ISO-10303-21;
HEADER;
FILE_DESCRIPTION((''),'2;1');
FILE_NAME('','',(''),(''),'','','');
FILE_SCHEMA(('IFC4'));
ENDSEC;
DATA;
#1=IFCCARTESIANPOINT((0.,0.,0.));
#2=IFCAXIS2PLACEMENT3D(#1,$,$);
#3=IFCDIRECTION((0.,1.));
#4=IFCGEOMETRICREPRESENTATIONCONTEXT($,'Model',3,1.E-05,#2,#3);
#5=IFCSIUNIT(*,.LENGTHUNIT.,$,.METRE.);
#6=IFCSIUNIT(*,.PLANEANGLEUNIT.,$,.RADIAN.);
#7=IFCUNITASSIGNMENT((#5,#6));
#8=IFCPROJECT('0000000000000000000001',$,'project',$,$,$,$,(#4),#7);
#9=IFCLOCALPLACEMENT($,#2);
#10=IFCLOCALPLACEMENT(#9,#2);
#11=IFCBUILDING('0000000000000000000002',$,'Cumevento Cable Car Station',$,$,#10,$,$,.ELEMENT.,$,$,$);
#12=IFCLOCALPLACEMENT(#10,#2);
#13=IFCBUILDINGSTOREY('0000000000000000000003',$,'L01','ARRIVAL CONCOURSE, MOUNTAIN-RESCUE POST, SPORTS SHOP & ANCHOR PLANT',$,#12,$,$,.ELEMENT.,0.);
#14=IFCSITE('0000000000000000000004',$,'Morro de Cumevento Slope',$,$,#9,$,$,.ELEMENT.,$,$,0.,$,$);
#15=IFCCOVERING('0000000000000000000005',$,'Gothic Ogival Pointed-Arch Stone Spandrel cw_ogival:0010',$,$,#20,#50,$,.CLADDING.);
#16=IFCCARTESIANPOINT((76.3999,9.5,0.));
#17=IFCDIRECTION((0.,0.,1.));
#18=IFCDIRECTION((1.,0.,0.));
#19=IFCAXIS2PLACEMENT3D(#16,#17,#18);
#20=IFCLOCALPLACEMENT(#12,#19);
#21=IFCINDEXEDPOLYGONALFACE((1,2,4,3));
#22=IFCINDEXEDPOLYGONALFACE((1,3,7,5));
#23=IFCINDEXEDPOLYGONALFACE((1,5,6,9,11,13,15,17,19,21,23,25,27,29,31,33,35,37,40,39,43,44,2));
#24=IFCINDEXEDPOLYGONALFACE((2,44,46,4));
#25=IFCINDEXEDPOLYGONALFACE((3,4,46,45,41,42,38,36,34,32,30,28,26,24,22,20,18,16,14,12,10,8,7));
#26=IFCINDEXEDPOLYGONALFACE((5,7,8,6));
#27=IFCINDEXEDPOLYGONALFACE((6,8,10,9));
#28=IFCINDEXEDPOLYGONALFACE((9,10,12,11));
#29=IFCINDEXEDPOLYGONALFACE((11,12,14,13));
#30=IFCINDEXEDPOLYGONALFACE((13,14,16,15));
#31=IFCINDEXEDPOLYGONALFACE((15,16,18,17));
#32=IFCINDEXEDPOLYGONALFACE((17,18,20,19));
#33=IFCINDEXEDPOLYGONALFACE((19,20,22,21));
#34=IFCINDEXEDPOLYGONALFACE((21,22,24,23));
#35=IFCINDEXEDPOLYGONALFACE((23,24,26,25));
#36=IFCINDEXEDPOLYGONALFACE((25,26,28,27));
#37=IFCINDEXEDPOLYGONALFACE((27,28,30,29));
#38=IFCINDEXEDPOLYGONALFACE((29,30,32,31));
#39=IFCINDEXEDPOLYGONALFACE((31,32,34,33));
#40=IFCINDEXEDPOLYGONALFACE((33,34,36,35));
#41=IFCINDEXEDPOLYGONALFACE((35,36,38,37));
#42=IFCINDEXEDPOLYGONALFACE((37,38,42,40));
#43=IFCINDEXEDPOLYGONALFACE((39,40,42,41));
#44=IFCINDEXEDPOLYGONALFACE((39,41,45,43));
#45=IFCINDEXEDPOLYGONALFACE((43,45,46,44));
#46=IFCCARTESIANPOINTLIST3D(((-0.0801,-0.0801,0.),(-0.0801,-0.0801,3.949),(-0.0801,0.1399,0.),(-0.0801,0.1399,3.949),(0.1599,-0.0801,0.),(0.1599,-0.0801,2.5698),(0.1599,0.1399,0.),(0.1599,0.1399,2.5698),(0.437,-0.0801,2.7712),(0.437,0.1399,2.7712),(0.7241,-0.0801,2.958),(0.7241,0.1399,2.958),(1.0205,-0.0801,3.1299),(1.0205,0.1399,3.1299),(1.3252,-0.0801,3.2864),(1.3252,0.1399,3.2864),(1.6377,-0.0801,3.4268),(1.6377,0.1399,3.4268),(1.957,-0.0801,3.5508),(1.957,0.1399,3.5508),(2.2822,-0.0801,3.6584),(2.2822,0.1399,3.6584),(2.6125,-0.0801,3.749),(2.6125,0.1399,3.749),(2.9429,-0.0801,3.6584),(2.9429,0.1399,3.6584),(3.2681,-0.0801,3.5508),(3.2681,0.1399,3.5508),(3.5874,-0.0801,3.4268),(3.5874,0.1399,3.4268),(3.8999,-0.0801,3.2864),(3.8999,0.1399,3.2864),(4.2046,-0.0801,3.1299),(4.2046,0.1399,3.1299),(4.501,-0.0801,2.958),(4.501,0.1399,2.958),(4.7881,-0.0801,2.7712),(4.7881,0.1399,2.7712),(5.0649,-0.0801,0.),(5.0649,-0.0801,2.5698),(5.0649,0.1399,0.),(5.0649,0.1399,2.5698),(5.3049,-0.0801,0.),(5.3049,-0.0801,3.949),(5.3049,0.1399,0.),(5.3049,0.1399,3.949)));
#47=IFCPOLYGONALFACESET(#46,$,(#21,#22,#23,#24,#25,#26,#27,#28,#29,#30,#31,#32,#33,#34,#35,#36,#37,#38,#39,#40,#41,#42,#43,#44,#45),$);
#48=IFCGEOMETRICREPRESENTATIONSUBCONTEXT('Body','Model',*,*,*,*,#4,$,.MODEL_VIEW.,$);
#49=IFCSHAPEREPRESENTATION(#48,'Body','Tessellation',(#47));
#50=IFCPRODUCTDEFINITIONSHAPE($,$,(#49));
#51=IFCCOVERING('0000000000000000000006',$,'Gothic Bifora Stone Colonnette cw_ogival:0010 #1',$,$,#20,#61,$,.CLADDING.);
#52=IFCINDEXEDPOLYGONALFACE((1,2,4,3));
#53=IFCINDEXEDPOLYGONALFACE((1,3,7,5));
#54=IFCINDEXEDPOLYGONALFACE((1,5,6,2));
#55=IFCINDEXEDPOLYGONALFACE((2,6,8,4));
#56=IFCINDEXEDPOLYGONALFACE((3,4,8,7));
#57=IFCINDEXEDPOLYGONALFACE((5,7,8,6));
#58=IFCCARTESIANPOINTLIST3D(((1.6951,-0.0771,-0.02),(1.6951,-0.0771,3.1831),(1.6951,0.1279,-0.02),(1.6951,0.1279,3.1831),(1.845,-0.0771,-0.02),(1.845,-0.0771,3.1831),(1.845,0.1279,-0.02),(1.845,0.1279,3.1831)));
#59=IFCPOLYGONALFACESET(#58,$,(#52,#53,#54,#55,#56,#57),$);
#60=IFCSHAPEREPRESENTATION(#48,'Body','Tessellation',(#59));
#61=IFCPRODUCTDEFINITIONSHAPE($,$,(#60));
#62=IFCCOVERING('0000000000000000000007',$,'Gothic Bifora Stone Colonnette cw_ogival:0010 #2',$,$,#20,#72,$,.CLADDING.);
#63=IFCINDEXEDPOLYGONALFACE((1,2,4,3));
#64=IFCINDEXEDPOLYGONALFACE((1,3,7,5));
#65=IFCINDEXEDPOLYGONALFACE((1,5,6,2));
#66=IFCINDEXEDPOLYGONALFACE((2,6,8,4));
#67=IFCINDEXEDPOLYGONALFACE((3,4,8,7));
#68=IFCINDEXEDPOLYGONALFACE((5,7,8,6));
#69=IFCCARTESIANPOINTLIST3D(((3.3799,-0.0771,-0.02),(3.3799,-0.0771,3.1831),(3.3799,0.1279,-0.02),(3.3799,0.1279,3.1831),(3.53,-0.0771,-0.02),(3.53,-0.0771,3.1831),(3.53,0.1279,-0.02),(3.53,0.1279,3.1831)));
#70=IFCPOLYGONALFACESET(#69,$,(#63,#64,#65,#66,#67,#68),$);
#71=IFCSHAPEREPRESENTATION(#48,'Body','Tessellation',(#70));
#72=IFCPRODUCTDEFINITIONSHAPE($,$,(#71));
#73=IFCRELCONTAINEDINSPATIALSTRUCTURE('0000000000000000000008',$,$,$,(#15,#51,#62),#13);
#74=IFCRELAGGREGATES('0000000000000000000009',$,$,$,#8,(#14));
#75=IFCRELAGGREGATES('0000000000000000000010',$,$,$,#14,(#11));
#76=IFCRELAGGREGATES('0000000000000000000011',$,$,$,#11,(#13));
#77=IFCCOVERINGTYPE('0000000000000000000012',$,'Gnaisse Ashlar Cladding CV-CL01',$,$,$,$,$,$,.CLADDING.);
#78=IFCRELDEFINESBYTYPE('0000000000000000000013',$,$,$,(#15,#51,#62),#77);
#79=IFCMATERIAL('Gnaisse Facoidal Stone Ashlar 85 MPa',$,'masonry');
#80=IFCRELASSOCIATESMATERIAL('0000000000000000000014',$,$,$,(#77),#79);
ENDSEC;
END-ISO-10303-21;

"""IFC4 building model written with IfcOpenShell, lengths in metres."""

from ifc_helpers import new_model, si_unit, direction, frame, origin, place, context, subcontext, project, spatial, polyline, outline, extrude, material, type_object, element, save


model = new_model("IFC4")

# Units and contexts
model_context = context("Model", 3, precision=1e-05, world=origin(), true_north=direction((0.0, 1.0)))
body_context = subcontext(model_context, "Body", "Model", "MODEL_VIEW")
ifc_project = project(units=[si_unit("LENGTHUNIT", "METRE"), si_unit("PLANEANGLEUNIT", "RADIAN")], contexts=[model_context])

# Site, building, storey
site_placement = place(None, origin())
site = spatial("IfcSite", under=ifc_project, at=site_placement, Name="Morro de Cumevento Slope", CompositionType="ELEMENT", RefElevation=0.0)
building_placement = place(site_placement, origin())
building = spatial("IfcBuilding", under=site, at=building_placement, Name="Cumevento Cable Car Station", CompositionType="ELEMENT")
storey_placement = place(building_placement, origin())
storey = spatial("IfcBuildingStorey", under=building, at=storey_placement, Name="L01", Description="ARRIVAL CONCOURSE, MOUNTAIN-RESCUE POST, SPORTS SHOP & ANCHOR PLANT", CompositionType="ELEMENT", Elevation=0.0)

# Coverings
ifc_material_1 = material(Name="Gnaisse Facoidal Stone Ashlar 85 MPa", Category="masonry")
covering_type = type_object("IfcCoveringType", Name="Gnaisse Ashlar Cladding CV-CL01", PredefinedType="CLADDING", material=ifc_material_1)
placement = place(storey_placement, frame((76.3999, 9.5, 0.0), z_axis=(0.0, 0.0, 1.0), x_axis=(1.0, 0.0, 0.0)))
element("IfcCovering", 1, at=placement, inside=storey, type_object=covering_type, Name="Gothic Ogival Pointed-Arch Stone Spandrel cw_ogival:0010", PredefinedType="CLADDING", context=body_context, shape_type="SweptSolid", body=[
    extrude(outline(polyline([(-0.0801, 0.0), (-0.0801, 3.949), (5.3049, 3.949), (5.3049, 0.0), (5.0649, 0.0), (5.0649, 2.5698), (4.7881, 2.7712), (4.501, 2.958), (4.2046, 3.1299), (3.8999, 3.2864), (3.5874, 3.4268), (3.2681, 3.5508), (2.9429, 3.6584), (2.6125, 3.749), (2.2822, 3.6584), (1.957, 3.5508), (1.6377, 3.4268), (1.3252, 3.2864), (1.0205, 3.1299), (0.7241, 2.958), (0.437, 2.7712), (0.1599, 2.5698), (0.1599, 0.0), (-0.0801, 0.0)])), frame((0.0, 0.1399, 0.0), z_axis=(0.0, -1.0, 0.0), x_axis=(1.0, 0.0, 0.0)), (0.0, 0.0, 1.0), 0.22),
])
element("IfcCovering", 2, at=placement, inside=storey, type_object=covering_type, Name="Gothic Bifora Stone Colonnette cw_ogival:0010 #1", PredefinedType="CLADDING", context=body_context, shape_type="SweptSolid", body=[
    extrude(outline(polyline([(1.6951, -0.02), (1.845, -0.02), (1.845, 3.1831), (1.6951, 3.1831), (1.6951, -0.02)])), frame((0.0, 0.1279, 0.0), z_axis=(0.0, -1.0, 0.0), x_axis=(1.0, 0.0, 0.0)), (0.0, 0.0, 1.0), 0.2051),
])
element("IfcCovering", 3, at=placement, inside=storey, type_object=covering_type, Name="Gothic Bifora Stone Colonnette cw_ogival:0010 #2", PredefinedType="CLADDING", context=body_context, shape_type="SweptSolid", body=[
    extrude(outline(polyline([(3.3799, -0.02), (3.53, -0.02), (3.53, 3.1831), (3.3799, 3.1831), (3.3799, -0.02)])), frame((0.0, 0.1279, 0.0), z_axis=(0.0, -1.0, 0.0), x_axis=(1.0, 0.0, 0.0)), (0.0, 0.0, 1.0), 0.2051),
])

save(model, "model.ifc")
